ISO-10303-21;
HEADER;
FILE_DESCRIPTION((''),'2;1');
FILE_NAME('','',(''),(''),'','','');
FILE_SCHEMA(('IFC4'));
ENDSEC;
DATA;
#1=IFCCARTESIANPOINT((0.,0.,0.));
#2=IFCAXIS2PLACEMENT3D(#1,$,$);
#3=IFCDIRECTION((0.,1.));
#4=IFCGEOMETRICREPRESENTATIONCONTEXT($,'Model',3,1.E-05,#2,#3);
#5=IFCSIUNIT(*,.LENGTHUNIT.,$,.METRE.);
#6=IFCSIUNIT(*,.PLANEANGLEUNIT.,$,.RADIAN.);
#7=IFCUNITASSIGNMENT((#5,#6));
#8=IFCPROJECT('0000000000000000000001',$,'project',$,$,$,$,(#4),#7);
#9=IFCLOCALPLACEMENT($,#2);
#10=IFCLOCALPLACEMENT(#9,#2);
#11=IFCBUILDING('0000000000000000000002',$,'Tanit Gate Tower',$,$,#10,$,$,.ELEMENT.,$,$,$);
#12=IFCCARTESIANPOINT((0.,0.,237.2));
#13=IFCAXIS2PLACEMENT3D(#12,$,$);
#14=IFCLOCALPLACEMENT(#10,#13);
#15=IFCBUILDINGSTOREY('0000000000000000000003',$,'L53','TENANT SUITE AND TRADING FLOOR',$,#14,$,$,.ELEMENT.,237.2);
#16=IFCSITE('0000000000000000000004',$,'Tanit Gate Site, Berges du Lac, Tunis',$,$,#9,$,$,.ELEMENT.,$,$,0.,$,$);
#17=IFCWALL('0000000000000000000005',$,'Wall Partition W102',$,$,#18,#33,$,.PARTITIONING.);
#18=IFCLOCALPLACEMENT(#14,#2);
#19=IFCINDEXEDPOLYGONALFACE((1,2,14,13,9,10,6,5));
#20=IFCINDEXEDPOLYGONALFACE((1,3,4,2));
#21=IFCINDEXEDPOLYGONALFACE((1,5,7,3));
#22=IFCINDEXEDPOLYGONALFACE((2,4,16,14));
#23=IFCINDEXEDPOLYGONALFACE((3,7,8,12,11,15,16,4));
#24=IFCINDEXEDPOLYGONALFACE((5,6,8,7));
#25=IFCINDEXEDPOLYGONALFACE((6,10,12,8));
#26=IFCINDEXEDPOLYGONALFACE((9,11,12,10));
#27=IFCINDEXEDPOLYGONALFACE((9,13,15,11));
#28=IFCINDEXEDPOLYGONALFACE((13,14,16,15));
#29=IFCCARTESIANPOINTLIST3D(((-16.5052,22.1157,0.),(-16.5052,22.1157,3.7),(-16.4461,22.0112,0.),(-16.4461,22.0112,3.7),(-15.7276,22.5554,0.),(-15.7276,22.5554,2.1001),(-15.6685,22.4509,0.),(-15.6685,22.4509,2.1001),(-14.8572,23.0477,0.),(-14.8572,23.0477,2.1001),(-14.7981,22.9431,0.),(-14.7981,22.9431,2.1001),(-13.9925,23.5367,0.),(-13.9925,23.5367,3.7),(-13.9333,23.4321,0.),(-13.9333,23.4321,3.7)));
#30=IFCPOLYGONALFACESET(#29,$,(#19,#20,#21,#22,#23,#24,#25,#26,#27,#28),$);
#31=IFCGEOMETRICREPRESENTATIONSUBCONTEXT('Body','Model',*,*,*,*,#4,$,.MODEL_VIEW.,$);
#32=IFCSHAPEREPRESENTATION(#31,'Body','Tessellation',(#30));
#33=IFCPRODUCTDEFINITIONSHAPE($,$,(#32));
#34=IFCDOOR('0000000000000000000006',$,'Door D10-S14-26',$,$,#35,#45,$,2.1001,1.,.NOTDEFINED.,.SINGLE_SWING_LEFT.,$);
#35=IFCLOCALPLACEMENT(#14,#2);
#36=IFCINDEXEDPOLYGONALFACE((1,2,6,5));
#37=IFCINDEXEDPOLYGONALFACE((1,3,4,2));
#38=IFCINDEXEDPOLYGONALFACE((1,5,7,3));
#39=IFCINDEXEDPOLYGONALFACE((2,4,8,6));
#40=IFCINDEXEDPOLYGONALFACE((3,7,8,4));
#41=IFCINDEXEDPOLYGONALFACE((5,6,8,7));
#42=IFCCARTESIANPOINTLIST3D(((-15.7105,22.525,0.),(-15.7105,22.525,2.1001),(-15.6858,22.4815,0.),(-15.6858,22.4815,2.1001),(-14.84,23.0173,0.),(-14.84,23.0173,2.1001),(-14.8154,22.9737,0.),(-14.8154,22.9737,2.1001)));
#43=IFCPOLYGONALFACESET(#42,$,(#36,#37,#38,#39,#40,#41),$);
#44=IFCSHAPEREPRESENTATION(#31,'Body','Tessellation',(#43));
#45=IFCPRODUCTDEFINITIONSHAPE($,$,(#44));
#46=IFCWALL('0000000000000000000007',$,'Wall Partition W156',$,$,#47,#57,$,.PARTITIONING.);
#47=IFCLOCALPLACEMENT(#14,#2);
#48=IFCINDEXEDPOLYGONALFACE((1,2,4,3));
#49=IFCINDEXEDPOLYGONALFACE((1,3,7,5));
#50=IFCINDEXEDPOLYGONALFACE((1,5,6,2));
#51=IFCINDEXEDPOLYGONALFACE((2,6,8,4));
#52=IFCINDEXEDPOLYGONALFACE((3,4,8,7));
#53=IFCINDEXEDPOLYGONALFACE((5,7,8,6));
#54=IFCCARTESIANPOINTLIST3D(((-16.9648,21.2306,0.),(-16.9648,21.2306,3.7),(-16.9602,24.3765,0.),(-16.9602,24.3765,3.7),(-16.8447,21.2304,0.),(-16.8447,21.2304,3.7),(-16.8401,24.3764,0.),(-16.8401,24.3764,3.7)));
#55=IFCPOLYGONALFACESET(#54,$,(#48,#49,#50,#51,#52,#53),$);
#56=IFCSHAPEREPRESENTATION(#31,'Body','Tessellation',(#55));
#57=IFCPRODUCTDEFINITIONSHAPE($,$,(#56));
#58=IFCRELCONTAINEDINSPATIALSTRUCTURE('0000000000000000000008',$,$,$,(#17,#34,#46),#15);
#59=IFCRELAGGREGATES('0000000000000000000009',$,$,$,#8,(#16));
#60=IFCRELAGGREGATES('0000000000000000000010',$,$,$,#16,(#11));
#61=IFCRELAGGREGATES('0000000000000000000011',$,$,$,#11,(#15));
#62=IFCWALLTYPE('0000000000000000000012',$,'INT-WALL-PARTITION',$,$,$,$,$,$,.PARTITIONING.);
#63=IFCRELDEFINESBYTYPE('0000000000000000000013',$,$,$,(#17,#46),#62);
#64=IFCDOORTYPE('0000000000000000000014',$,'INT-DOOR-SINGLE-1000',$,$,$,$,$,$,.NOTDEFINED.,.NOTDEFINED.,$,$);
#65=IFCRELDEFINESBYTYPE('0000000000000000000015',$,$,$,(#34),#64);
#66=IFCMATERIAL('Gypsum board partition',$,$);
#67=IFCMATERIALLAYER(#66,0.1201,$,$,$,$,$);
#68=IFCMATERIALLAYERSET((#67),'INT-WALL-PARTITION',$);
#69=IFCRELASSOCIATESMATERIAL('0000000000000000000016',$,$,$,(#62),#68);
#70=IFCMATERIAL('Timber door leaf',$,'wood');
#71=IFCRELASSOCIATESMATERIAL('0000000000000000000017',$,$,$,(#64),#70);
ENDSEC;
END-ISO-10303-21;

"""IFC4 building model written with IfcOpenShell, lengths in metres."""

from ifc_helpers import new_model, si_unit, direction, frame, frame_2d, origin, place, context, subcontext, project, spatial, rectangle, extrude, material, layer, layer_set, type_object, element, fill, save


model = new_model("IFC4")

# Units and contexts
model_context = context("Model", 3, precision=1e-05, world=origin(), true_north=direction((0.0, 1.0)))
body_context = subcontext(model_context, "Body", "Model", "MODEL_VIEW")
ifc_project = project(units=[si_unit("LENGTHUNIT", "METRE"), si_unit("PLANEANGLEUNIT", "RADIAN")], contexts=[model_context])

# Site, building, storey
site_placement = place(None, origin())
site = spatial("IfcSite", under=ifc_project, at=site_placement, Name="Tanit Gate Site, Berges du Lac, Tunis", CompositionType="ELEMENT", RefElevation=0.0)
building_placement = place(site_placement, origin())
building = spatial("IfcBuilding", under=site, at=building_placement, Name="Tanit Gate Tower", CompositionType="ELEMENT")
storey_placement = place(building_placement, frame((0.0, 0.0, 237.2)))
storey = spatial("IfcBuildingStorey", under=building, at=storey_placement, Name="L53", Description="TENANT SUITE AND TRADING FLOOR", CompositionType="ELEMENT", Elevation=237.2)

# Shared definitions
ifc_material_1 = material(Name="Gypsum board partition")
ifc_layer_1 = layer(ifc_material_1, 0.1201)
ifc_layer_set_1 = layer_set([ifc_layer_1], Name="INT-WALL-PARTITION")
wall_type_1 = type_object("IfcWallType", Name="INT-WALL-PARTITION", PredefinedType="PARTITIONING", material=ifc_layer_set_1)

# Wall, opening, door
wall_1_placement = place(storey_placement, frame((-13.9629, 23.4844, 0.0), z_axis=(0.0, 0.0, 1.0), x_axis=(-0.870462, -0.492236, 0.0)))
wall_1 = element("IfcWall", 1, at=wall_1_placement, inside=storey, type_object=wall_type_1, Name="Wall Partition W102", PredefinedType="PARTITIONING", context=body_context, shape_type="SweptSolid", body=[
    extrude(rectangle(XDim=2.8867, YDim=0.1201, at=frame_2d((1.4434, 0.0))), origin(), (0.0, 0.0, 1.0), 3.7),
])
opening_1_placement = place(wall_1_placement, frame((0.9934, 0.0, 0.0)))
opening_1 = element("IfcOpeningElement", 2, at=opening_1_placement, cuts=wall_1, PredefinedType="OPENING", context=body_context, shape_type="SweptSolid", body=[
    extrude(rectangle(XDim=1.0, YDim=2.1001, at=frame_2d((0.5, 1.05))), frame((0.0, 0.0701, 0.0), z_axis=(0.0, -1.0, 0.0), x_axis=(1.0, 0.0, 0.0)), (0.0, 0.0, 1.0), 0.1401),
])
ifc_material_2 = material(Name="Timber door leaf", Category="wood")
door_type_1 = type_object("IfcDoorType", Name="INT-DOOR-SINGLE-1000", OperationType="NOTDEFINED", PredefinedType="NOTDEFINED", material=ifc_material_2)
door_1_placement = place(opening_1_placement, origin())
door_1 = element("IfcDoor", 3, at=door_1_placement, inside=storey, type_object=door_type_1, Name="Door D10-S14-26", OperationType="SINGLE_SWING_LEFT", OverallHeight=2.1001, OverallWidth=1.0, PredefinedType="NOTDEFINED", context=body_context, shape_type="SweptSolid", body=[
    extrude(rectangle(XDim=1.0, YDim=2.1001, at=frame_2d((0.5, 1.05))), frame((0.0, 0.0249, 0.0), z_axis=(0.0, -1.0, 0.0), x_axis=(1.0, 0.0, 0.0)), (0.0, 0.0, 1.0), 0.05),
])
fill(opening_1, door_1)

# Wall
wall_2_placement = place(storey_placement, frame((-16.9048, 21.2305, 0.0), z_axis=(0.0, 0.0, 1.0), x_axis=(0.001474, 0.999999, 0.0)))
element("IfcWall", 4, at=wall_2_placement, inside=storey, type_object=wall_type_1, Name="Wall Partition W156", PredefinedType="PARTITIONING", context=body_context, shape_type="SweptSolid", body=[
    extrude(rectangle(XDim=3.146, YDim=0.1201, at=frame_2d((1.573, 0.0))), origin(), (0.0, 0.0, 1.0), 3.7),
])

save(model, "model.ifc")
